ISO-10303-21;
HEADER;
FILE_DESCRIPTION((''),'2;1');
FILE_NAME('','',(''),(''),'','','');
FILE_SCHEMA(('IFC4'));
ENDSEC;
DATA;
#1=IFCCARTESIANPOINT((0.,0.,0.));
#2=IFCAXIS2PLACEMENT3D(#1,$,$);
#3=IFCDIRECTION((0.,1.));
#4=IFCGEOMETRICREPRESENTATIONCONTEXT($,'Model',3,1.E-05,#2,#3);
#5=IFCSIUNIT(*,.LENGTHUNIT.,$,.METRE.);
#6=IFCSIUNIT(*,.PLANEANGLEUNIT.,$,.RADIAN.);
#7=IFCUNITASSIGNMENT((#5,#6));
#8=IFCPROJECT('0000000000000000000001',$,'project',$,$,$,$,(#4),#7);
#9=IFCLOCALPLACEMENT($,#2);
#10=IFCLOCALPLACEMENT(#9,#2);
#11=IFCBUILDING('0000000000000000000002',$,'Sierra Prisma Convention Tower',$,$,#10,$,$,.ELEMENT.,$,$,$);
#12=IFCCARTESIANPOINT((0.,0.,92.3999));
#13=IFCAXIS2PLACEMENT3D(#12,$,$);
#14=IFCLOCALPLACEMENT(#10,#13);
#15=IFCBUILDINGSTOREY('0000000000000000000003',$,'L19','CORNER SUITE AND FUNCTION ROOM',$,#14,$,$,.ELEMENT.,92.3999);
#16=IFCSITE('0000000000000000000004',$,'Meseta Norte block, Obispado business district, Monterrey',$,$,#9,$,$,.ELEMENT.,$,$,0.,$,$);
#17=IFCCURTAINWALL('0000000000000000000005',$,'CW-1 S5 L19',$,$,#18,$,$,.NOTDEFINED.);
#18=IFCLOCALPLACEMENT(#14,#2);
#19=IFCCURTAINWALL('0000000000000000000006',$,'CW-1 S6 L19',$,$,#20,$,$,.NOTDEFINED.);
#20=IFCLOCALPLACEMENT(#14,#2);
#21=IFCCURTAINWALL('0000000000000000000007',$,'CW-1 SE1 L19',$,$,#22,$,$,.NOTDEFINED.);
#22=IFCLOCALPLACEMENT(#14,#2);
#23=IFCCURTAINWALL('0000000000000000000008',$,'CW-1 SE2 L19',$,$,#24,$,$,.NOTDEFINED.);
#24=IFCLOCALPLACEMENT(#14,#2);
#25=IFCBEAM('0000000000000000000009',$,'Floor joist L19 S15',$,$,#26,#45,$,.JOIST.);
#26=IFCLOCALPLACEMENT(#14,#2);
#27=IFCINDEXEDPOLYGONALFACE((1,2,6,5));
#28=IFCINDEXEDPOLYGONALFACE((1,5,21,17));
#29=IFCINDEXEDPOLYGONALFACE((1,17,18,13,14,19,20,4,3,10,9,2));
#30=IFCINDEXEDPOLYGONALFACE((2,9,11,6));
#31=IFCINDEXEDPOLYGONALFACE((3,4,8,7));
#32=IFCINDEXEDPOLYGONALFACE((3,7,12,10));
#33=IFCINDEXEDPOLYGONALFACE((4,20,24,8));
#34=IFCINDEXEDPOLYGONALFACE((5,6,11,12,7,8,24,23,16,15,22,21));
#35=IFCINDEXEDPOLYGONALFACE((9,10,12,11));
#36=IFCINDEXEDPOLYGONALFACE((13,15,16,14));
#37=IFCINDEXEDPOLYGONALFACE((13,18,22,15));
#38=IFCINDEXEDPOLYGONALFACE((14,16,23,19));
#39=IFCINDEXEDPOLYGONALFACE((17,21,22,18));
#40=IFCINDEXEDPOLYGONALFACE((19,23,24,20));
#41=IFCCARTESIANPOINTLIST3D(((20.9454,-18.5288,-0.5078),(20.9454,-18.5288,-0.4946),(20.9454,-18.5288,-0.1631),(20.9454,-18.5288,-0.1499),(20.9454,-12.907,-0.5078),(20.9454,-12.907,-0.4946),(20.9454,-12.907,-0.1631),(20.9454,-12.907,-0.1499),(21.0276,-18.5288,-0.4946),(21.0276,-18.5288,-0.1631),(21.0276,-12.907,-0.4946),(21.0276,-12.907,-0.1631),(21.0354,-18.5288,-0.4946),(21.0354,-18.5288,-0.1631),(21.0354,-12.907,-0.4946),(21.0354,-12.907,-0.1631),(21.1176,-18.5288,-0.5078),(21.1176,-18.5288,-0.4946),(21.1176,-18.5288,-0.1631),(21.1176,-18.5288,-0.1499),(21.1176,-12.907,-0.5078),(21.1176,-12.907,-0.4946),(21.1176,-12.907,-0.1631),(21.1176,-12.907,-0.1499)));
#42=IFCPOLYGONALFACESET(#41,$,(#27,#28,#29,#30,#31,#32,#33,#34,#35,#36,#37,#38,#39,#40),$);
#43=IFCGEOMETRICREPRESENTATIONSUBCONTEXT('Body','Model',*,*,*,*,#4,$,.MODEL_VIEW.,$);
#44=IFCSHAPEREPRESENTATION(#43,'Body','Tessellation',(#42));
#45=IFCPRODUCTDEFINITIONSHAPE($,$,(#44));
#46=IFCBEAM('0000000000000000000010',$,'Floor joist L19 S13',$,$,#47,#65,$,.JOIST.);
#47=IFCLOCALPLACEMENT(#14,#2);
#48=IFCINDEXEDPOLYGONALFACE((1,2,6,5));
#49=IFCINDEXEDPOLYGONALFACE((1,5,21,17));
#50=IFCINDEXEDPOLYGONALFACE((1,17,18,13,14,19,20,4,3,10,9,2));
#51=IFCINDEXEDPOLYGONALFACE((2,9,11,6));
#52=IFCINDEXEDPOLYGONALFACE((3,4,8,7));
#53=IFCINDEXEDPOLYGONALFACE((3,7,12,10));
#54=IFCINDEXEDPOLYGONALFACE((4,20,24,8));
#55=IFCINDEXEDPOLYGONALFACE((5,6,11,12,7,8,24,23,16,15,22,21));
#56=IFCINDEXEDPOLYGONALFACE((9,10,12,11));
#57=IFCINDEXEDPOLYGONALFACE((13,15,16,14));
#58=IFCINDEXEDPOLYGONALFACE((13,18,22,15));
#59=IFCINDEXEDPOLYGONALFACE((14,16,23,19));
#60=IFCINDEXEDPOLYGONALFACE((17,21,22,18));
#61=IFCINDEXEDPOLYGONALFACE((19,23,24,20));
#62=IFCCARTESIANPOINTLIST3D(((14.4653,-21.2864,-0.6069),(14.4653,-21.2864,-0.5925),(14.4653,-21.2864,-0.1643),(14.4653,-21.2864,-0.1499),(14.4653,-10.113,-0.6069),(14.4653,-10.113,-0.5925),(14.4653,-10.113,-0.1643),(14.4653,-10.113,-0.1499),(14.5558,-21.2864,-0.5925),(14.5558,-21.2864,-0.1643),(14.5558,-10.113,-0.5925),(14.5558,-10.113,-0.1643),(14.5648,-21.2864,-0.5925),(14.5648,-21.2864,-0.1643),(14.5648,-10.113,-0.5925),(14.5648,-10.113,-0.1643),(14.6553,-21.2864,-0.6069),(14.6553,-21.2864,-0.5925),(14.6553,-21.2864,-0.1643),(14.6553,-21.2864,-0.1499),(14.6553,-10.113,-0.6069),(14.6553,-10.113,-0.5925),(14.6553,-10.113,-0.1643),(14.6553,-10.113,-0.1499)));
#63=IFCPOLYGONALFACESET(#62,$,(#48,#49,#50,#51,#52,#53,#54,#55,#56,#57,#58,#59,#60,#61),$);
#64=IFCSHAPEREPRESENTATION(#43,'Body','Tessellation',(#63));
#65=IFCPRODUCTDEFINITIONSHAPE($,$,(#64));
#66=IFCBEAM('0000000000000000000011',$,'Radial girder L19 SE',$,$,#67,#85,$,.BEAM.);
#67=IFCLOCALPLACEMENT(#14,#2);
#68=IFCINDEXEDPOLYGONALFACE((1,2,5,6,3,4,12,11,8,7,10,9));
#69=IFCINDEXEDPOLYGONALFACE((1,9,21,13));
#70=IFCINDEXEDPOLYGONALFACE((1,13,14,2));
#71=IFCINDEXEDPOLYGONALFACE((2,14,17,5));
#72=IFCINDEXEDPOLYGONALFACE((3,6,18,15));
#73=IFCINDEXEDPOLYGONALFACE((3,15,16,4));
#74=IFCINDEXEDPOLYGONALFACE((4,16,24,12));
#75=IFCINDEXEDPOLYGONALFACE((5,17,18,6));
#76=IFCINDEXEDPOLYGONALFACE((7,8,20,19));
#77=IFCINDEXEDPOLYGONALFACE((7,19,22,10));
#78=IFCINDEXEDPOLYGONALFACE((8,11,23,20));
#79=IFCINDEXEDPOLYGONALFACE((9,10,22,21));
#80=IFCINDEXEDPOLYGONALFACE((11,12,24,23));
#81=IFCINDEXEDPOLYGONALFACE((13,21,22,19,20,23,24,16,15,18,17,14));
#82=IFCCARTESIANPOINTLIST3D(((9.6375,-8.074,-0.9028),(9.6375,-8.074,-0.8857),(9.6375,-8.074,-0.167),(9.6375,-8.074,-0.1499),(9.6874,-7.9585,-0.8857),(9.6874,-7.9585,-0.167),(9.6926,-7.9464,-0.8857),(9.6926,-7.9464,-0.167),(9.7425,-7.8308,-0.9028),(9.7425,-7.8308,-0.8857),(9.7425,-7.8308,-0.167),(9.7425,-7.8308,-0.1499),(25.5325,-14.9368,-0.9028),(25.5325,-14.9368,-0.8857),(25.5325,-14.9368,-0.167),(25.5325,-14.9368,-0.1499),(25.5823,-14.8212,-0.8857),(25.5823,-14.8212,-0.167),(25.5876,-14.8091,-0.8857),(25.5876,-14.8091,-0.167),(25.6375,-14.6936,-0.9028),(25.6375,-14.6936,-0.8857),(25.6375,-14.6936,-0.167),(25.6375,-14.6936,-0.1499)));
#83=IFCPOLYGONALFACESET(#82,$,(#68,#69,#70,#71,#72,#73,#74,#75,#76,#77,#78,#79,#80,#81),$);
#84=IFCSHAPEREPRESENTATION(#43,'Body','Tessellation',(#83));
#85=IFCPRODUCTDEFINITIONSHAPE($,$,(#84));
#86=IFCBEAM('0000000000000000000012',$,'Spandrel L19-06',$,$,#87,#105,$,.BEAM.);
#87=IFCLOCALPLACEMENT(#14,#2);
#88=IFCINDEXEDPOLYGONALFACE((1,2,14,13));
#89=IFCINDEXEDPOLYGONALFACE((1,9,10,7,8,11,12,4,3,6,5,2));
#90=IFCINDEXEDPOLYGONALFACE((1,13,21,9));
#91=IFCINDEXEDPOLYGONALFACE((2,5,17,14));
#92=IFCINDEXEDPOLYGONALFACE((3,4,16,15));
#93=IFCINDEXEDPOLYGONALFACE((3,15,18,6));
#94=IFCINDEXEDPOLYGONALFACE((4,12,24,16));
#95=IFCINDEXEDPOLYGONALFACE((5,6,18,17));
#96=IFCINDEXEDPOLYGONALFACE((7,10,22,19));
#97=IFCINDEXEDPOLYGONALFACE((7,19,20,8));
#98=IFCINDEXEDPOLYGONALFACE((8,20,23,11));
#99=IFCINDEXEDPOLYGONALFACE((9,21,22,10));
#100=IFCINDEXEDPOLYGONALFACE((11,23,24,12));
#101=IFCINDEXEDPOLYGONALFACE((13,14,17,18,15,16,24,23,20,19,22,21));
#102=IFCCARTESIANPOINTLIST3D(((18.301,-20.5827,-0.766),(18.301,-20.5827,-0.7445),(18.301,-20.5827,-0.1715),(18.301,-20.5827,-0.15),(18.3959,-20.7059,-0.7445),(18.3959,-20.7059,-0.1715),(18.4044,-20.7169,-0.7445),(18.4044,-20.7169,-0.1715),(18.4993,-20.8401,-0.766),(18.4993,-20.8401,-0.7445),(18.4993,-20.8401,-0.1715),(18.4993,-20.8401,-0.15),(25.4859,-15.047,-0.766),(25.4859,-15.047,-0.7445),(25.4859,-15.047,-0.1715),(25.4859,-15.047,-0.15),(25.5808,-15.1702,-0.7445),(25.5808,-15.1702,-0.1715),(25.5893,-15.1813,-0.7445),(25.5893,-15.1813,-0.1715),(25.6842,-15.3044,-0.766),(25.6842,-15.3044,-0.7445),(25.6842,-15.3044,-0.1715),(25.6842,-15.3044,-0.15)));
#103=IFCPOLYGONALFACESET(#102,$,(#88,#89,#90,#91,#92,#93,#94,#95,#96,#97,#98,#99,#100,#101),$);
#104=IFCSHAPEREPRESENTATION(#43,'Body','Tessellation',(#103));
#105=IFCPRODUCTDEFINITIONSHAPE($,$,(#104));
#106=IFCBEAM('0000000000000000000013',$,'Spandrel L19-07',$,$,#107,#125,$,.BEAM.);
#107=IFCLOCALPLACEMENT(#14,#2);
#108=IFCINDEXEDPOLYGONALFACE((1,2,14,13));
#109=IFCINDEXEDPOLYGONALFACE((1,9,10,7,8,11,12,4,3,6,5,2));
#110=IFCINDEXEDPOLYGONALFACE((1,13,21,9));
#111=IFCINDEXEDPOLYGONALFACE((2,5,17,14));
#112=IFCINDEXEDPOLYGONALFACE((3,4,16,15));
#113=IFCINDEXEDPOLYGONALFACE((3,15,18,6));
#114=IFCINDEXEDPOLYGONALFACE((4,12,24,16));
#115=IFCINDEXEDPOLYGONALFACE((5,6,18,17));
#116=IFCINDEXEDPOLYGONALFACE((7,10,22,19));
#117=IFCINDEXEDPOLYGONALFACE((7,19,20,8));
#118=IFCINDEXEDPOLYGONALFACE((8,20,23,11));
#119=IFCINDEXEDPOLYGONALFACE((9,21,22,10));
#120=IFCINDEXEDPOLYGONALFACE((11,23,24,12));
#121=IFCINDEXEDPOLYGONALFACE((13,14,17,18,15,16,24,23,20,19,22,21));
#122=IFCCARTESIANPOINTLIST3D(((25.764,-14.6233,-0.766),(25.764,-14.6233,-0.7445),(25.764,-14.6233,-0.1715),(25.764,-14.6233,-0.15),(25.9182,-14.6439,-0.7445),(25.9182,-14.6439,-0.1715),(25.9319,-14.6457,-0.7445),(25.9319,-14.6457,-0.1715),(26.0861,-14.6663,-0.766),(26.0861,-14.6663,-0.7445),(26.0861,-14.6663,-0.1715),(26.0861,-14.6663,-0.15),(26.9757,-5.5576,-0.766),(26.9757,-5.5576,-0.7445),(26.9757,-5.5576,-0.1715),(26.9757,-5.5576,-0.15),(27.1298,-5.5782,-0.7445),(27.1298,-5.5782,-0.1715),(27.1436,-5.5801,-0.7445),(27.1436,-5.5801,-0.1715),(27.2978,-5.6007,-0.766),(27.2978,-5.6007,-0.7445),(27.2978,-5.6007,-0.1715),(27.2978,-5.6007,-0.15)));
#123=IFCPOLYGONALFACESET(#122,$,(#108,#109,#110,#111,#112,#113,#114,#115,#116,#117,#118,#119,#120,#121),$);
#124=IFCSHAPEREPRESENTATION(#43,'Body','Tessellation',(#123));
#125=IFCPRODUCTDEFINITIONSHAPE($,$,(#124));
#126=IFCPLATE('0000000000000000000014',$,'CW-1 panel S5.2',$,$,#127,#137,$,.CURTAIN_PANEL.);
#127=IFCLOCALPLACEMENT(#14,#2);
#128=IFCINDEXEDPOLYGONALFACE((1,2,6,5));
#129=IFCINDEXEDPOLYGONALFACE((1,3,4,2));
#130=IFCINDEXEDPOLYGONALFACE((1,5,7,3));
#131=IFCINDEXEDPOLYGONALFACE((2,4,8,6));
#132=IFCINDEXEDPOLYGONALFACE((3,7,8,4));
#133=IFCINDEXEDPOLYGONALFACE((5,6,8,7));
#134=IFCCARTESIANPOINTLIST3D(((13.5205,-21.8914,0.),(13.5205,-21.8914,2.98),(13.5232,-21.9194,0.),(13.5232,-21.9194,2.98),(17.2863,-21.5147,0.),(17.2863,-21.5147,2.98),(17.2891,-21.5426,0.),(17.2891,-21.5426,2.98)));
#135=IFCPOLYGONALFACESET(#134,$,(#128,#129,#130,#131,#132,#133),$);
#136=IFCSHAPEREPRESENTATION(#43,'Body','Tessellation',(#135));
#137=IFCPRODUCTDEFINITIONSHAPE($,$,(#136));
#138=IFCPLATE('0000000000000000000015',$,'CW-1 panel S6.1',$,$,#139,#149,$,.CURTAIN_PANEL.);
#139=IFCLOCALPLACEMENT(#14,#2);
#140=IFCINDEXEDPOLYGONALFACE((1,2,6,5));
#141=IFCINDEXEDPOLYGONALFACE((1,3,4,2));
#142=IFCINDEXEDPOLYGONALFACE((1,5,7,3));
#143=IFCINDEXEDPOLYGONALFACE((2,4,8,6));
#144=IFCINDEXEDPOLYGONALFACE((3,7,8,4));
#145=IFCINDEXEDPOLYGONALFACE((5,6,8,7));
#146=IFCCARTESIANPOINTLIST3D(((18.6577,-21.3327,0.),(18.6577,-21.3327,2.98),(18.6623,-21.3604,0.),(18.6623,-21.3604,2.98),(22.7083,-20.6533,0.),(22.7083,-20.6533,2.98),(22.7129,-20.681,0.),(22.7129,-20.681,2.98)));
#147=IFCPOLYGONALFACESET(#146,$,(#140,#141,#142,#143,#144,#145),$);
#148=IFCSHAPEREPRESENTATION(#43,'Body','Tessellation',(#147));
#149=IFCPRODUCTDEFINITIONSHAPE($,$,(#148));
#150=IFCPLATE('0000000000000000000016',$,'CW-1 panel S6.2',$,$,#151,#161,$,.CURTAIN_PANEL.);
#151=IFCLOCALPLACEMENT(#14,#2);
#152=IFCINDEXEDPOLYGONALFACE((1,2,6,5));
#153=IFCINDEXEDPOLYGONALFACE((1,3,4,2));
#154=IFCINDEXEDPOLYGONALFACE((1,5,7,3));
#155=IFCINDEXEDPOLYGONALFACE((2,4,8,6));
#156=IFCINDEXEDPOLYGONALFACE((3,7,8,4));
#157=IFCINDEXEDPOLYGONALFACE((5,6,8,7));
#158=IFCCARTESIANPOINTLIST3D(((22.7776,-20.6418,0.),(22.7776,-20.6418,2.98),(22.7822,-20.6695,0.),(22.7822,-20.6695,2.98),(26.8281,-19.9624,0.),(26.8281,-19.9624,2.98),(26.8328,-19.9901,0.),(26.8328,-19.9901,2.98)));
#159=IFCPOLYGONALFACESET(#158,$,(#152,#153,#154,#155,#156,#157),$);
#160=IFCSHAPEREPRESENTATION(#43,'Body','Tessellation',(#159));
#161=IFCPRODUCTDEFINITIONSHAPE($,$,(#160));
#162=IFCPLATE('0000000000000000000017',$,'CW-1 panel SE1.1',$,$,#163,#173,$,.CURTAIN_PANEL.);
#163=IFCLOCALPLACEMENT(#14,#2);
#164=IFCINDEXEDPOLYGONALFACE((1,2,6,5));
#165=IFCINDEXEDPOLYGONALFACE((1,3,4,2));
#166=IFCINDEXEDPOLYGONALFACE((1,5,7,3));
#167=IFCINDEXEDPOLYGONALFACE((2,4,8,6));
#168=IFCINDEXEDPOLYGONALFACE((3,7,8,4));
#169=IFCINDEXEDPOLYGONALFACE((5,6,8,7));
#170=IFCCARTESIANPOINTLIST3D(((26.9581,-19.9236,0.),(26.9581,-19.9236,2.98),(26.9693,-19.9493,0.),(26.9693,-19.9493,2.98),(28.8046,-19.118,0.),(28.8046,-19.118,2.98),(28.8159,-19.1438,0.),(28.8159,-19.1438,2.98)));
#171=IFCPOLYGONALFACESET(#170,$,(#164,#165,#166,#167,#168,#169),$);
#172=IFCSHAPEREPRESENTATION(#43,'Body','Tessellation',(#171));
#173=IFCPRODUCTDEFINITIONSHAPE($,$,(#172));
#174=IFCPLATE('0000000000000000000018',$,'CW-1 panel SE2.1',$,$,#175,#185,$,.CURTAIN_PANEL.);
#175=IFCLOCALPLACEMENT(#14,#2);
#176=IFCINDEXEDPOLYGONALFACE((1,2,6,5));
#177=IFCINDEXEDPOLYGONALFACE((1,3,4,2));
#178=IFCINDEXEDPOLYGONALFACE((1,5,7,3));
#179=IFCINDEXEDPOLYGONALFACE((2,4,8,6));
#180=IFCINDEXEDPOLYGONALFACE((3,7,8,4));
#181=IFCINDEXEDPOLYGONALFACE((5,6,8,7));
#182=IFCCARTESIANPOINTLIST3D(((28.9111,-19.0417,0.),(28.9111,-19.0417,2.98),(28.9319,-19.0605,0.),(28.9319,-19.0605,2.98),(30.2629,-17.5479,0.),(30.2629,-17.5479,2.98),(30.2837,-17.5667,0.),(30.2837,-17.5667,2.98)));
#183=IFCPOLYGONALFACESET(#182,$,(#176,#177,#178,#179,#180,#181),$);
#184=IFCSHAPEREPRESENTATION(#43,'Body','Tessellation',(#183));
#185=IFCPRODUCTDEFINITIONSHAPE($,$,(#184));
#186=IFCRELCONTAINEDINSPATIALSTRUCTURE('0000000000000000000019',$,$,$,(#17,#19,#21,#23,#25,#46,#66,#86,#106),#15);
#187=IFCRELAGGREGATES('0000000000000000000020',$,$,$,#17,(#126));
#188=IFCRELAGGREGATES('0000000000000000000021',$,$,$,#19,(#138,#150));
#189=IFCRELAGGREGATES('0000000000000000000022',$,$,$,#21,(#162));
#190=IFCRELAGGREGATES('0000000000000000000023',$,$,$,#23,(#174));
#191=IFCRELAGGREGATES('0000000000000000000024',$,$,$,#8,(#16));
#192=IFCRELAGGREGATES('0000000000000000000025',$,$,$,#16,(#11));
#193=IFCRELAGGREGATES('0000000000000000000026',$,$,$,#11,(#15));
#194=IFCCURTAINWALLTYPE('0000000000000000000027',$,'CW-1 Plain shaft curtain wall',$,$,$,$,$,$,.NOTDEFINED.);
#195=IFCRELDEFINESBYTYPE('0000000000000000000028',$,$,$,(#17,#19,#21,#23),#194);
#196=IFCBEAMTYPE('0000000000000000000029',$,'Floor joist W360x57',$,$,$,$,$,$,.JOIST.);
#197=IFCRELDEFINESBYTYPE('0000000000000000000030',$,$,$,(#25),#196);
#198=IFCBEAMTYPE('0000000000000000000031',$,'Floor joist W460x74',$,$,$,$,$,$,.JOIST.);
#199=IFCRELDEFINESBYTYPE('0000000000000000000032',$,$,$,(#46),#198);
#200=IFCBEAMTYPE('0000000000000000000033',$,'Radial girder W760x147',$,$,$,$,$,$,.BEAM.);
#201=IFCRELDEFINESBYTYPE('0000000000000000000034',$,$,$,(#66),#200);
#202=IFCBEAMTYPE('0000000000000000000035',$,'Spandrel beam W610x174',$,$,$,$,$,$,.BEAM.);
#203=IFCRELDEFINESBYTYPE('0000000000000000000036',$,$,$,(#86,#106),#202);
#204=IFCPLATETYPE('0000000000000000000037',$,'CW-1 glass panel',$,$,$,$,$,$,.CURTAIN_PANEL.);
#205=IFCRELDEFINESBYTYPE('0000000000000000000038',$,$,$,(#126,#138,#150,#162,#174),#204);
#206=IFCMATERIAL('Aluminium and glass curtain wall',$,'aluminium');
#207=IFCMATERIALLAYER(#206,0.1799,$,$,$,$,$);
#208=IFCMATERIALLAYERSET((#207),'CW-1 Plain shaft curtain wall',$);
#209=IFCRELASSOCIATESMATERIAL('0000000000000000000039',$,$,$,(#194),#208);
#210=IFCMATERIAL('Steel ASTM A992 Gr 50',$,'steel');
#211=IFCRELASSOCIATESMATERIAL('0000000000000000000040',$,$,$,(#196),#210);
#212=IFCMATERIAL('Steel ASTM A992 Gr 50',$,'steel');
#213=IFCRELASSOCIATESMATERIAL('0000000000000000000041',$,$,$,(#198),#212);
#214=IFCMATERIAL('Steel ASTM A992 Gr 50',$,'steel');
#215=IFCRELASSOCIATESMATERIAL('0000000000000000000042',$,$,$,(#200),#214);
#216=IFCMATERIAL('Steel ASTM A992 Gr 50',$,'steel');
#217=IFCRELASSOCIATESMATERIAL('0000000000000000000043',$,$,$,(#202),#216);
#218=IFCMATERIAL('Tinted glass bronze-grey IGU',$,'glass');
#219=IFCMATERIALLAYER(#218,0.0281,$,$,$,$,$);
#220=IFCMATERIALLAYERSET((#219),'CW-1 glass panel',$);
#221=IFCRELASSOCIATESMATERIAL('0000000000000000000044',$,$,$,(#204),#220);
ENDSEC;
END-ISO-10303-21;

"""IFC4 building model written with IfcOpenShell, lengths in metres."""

from ifc_helpers import new_model, si_unit, direction, frame, origin, origin_2d, place, context, subcontext, project, spatial, rectangle, i_section, extrude, material, layer, layer_set, material_profile, profile_set, type_object, element, aggregate, save


model = new_model("IFC4")

# Units and contexts
model_context = context("Model", 3, precision=1e-05, world=origin(), true_north=direction((0.0, 1.0)))
body_context = subcontext(model_context, "Body", "Model", "MODEL_VIEW")
ifc_project = project(units=[si_unit("LENGTHUNIT", "METRE"), si_unit("PLANEANGLEUNIT", "RADIAN")], contexts=[model_context])

# Site, building, storey
site_placement = place(None, origin())
site = spatial("IfcSite", under=ifc_project, at=site_placement, Name="Meseta Norte block, Obispado business district, Monterrey", CompositionType="ELEMENT", RefElevation=0.0)
building_placement = place(site_placement, origin())
building = spatial("IfcBuilding", under=site, at=building_placement, Name="Sierra Prisma Convention Tower", CompositionType="ELEMENT")
storey_placement = place(building_placement, frame((0.0, 0.0, 92.3999)))
storey = spatial("IfcBuildingStorey", under=building, at=storey_placement, Name="L19", Description="CORNER SUITE AND FUNCTION ROOM", CompositionType="ELEMENT", Elevation=92.3999)

# Curtain walls
ifc_material_1 = material(Name="Aluminium and glass curtain wall", Category="aluminium")
ifc_layer_1 = layer(ifc_material_1, 0.1799)
ifc_layer_set_1 = layer_set([ifc_layer_1], Name="CW-1 Plain shaft curtain wall")
curtain_wall_type = type_object("IfcCurtainWallType", Name="CW-1 Plain shaft curtain wall", PredefinedType="NOTDEFINED", material=ifc_layer_set_1)
curtain_wall_1_placement = place(storey_placement, origin())
curtain_wall_1 = element("IfcCurtainWall", 1, at=curtain_wall_1_placement, inside=storey, type_object=curtain_wall_type, Name="CW-1 S5 L19", PredefinedType="NOTDEFINED")
curtain_wall_2_placement = place(storey_placement, origin())
curtain_wall_2 = element("IfcCurtainWall", 2, at=curtain_wall_2_placement, inside=storey, type_object=curtain_wall_type, Name="CW-1 S6 L19", PredefinedType="NOTDEFINED")
curtain_wall_3_placement = place(storey_placement, origin())
curtain_wall_3 = element("IfcCurtainWall", 3, at=curtain_wall_3_placement, inside=storey, type_object=curtain_wall_type, Name="CW-1 SE1 L19", PredefinedType="NOTDEFINED")
curtain_wall_4_placement = place(storey_placement, origin())
curtain_wall_4 = element("IfcCurtainWall", 4, at=curtain_wall_4_placement, inside=storey, type_object=curtain_wall_type, Name="CW-1 SE2 L19", PredefinedType="NOTDEFINED")

# Beams
ifc_material_2 = material(Name="Steel ASTM A992 Gr 50", Category="steel")
ifc_material_profile_1 = material_profile(ifc_material_2, i_section(OverallWidth=0.1721, OverallDepth=0.3579, WebThickness=0.0078, FlangeThickness=0.0132, at=origin_2d()), Name="W360x57")
ifc_profile_set_1 = profile_set([ifc_material_profile_1], Name="Steel ASTM A992 Gr 50")
beam_type_1 = type_object("IfcBeamType", Name="Floor joist W360x57", PredefinedType="JOIST", material=ifc_profile_set_1)
beam_1_placement = place(storey_placement, frame((21.0315, -18.5288, -0.3289), z_axis=(0.0, 1.0, 0.0), x_axis=(-1.0, 0.0, 0.0)))
element("IfcBeam", 5, at=beam_1_placement, inside=storey, type_object=beam_type_1, Name="Floor joist L19 S15", PredefinedType="JOIST", context=body_context, shape_type="SweptSolid", body=[
    extrude(i_section(OverallWidth=0.1721, OverallDepth=0.3579, WebThickness=0.0078, FlangeThickness=0.0132, at=origin_2d()), origin(), (0.0, 0.0, 1.0), 5.6218),
])
ifc_material_3 = material(Name="Steel ASTM A992 Gr 50", Category="steel")
ifc_material_profile_2 = material_profile(ifc_material_3, i_section(OverallWidth=0.1899, OverallDepth=0.457, WebThickness=0.009, FlangeThickness=0.0144, at=origin_2d()), Name="W460x74")
ifc_profile_set_2 = profile_set([ifc_material_profile_2], Name="Steel ASTM A992 Gr 50")
beam_type_2 = type_object("IfcBeamType", Name="Floor joist W460x74", PredefinedType="JOIST", material=ifc_profile_set_2)
beam_2_placement = place(storey_placement, frame((14.5603, -21.2864, -0.3784), z_axis=(0.0, 1.0, 0.0), x_axis=(-1.0, 0.0, 0.0)))
element("IfcBeam", 6, at=beam_2_placement, inside=storey, type_object=beam_type_2, Name="Floor joist L19 S13", PredefinedType="JOIST", context=body_context, shape_type="SweptSolid", body=[
    extrude(i_section(OverallWidth=0.1899, OverallDepth=0.457, WebThickness=0.009, FlangeThickness=0.0144, at=origin_2d()), origin(), (0.0, 0.0, 1.0), 11.1733),
])
ifc_material_4 = material(Name="Steel ASTM A992 Gr 50", Category="steel")
ifc_material_profile_3 = material_profile(ifc_material_4, i_section(OverallWidth=0.2649, OverallDepth=0.7529, WebThickness=0.0132, FlangeThickness=0.0171, at=origin_2d()), Name="W760x147")
ifc_profile_set_3 = profile_set([ifc_material_profile_3], Name="Steel ASTM A992 Gr 50")
beam_type_3 = type_object("IfcBeamType", Name="Radial girder W760x147", PredefinedType="BEAM", material=ifc_profile_set_3)
beam_3_placement = place(storey_placement, frame((25.585, -14.8152, -0.5264), z_axis=(-0.918083, 0.396389, 0.0), x_axis=(-0.396389, -0.918083, 0.0)))
element("IfcBeam", 7, at=beam_3_placement, inside=storey, type_object=beam_type_3, Name="Radial girder L19 SE", PredefinedType="BEAM", context=body_context, shape_type="SweptSolid", body=[
    extrude(i_section(OverallWidth=0.2649, OverallDepth=0.7529, WebThickness=0.0132, FlangeThickness=0.0171, at=origin_2d()), origin(), (0.0, 0.0, 1.0), 17.3132),
])
ifc_material_5 = material(Name="Steel ASTM A992 Gr 50", Category="steel")
ifc_material_profile_4 = material_profile(ifc_material_5, i_section(OverallWidth=0.325, OverallDepth=0.616, WebThickness=0.0139, FlangeThickness=0.0215, at=origin_2d()), Name="W610x174")
ifc_profile_set_4 = profile_set([ifc_material_profile_4], Name="Steel ASTM A992 Gr 50")
beam_type_4 = type_object("IfcBeamType", Name="Spandrel beam W610x174", PredefinedType="BEAM", material=ifc_profile_set_4)
beam_4_placement = place(storey_placement, frame((18.4001, -20.7114, -0.458), z_axis=(0.792151, 0.610325, 0.0), x_axis=(-0.610325, 0.792151, 0.0)))
element("IfcBeam", 8, at=beam_4_placement, inside=storey, type_object=beam_type_4, Name="Spandrel L19-06", PredefinedType="BEAM", context=body_context, shape_type="SweptSolid", body=[
    extrude(i_section(OverallWidth=0.325, OverallDepth=0.616, WebThickness=0.0139, FlangeThickness=0.0215, at=origin_2d()), origin(), (0.0, 0.0, 1.0), 9.0701),
])
beam_5_placement = place(storey_placement, frame((25.925, -14.6448, -0.458), z_axis=(0.132477, 0.991186, 0.0), x_axis=(-0.991186, 0.132477, 0.0)))
element("IfcBeam", 9, at=beam_5_placement, inside=storey, type_object=beam_type_4, Name="Spandrel L19-07", PredefinedType="BEAM", context=body_context, shape_type="SweptSolid", body=[
    extrude(i_section(OverallWidth=0.325, OverallDepth=0.616, WebThickness=0.0139, FlangeThickness=0.0215, at=origin_2d()), origin(), (0.0, 0.0, 1.0), 9.1462),
])

# Plates
ifc_material_6 = material(Name="Tinted glass bronze-grey IGU", Category="glass")
ifc_layer_2 = layer(ifc_material_6, 0.0281)
ifc_layer_set_2 = layer_set([ifc_layer_2], Name="CW-1 glass panel")
plate_type = type_object("IfcPlateType", Name="CW-1 glass panel", PredefinedType="CURTAIN_PANEL", material=ifc_layer_set_2)
plate_1_placement = place(storey_placement, frame((15.4048, -21.717, 0.0), z_axis=(0.0, 0.0, 1.0), x_axis=(0.995033, 0.099546, 0.0)))
plate_1 = element("IfcPlate", 10, at=plate_1_placement, type_object=plate_type, Name="CW-1 panel S5.2", PredefinedType="CURTAIN_PANEL", context=body_context, shape_type="SweptSolid", body=[
    extrude(rectangle(XDim=3.7847, YDim=0.0281, at=origin_2d()), origin(), (0.0, 0.0, 1.0), 2.98),
])
aggregate(curtain_wall_1, [plate_1])
plate_2_placement = place(storey_placement, frame((20.6853, -21.0068, 0.0), z_axis=(0.0, 0.0, 1.0), x_axis=(0.986223, 0.165422, 0.0)))
plate_2 = element("IfcPlate", 11, at=plate_2_placement, type_object=plate_type, Name="CW-1 panel S6.1", PredefinedType="CURTAIN_PANEL", context=body_context, shape_type="SweptSolid", body=[
    extrude(rectangle(XDim=4.1072, YDim=0.0281, at=origin_2d()), origin(), (0.0, 0.0, 1.0), 2.98),
])
plate_3_placement = place(storey_placement, frame((24.8052, -20.3159, 0.0), z_axis=(0.0, 0.0, 1.0), x_axis=(0.986223, 0.165422, 0.0)))
plate_3 = element("IfcPlate", 12, at=plate_3_placement, type_object=plate_type, Name="CW-1 panel S6.2", PredefinedType="CURTAIN_PANEL", context=body_context, shape_type="SweptSolid", body=[
    extrude(rectangle(XDim=4.1072, YDim=0.0281, at=origin_2d()), origin(), (0.0, 0.0, 1.0), 2.98),
])
aggregate(curtain_wall_2, [plate_2, plate_3])
plate_4_placement = place(storey_placement, frame((27.887, -19.5337, 0.0), z_axis=(0.0, 0.0, 1.0), x_axis=(0.916575, 0.399862, 0.0)))
plate_4 = element("IfcPlate", 13, at=plate_4_placement, type_object=plate_type, Name="CW-1 panel SE1.1", PredefinedType="CURTAIN_PANEL", context=body_context, shape_type="SweptSolid", body=[
    extrude(rectangle(XDim=2.0146, YDim=0.0281, at=origin_2d()), origin(), (0.0, 0.0, 1.0), 2.98),
])
aggregate(curtain_wall_3, [plate_4])
plate_5_placement = place(storey_placement, frame((29.5974, -18.3042, 0.0), z_axis=(0.0, 0.0, 1.0), x_axis=(0.670989, 0.741467, 0.0)))
plate_5 = element("IfcPlate", 14, at=plate_5_placement, type_object=plate_type, Name="CW-1 panel SE2.1", PredefinedType="CURTAIN_PANEL", context=body_context, shape_type="SweptSolid", body=[
    extrude(rectangle(XDim=2.0146, YDim=0.0281, at=origin_2d()), origin(), (0.0, 0.0, 1.0), 2.98),
])
aggregate(curtain_wall_4, [plate_5])

save(model, "model.ifc")
